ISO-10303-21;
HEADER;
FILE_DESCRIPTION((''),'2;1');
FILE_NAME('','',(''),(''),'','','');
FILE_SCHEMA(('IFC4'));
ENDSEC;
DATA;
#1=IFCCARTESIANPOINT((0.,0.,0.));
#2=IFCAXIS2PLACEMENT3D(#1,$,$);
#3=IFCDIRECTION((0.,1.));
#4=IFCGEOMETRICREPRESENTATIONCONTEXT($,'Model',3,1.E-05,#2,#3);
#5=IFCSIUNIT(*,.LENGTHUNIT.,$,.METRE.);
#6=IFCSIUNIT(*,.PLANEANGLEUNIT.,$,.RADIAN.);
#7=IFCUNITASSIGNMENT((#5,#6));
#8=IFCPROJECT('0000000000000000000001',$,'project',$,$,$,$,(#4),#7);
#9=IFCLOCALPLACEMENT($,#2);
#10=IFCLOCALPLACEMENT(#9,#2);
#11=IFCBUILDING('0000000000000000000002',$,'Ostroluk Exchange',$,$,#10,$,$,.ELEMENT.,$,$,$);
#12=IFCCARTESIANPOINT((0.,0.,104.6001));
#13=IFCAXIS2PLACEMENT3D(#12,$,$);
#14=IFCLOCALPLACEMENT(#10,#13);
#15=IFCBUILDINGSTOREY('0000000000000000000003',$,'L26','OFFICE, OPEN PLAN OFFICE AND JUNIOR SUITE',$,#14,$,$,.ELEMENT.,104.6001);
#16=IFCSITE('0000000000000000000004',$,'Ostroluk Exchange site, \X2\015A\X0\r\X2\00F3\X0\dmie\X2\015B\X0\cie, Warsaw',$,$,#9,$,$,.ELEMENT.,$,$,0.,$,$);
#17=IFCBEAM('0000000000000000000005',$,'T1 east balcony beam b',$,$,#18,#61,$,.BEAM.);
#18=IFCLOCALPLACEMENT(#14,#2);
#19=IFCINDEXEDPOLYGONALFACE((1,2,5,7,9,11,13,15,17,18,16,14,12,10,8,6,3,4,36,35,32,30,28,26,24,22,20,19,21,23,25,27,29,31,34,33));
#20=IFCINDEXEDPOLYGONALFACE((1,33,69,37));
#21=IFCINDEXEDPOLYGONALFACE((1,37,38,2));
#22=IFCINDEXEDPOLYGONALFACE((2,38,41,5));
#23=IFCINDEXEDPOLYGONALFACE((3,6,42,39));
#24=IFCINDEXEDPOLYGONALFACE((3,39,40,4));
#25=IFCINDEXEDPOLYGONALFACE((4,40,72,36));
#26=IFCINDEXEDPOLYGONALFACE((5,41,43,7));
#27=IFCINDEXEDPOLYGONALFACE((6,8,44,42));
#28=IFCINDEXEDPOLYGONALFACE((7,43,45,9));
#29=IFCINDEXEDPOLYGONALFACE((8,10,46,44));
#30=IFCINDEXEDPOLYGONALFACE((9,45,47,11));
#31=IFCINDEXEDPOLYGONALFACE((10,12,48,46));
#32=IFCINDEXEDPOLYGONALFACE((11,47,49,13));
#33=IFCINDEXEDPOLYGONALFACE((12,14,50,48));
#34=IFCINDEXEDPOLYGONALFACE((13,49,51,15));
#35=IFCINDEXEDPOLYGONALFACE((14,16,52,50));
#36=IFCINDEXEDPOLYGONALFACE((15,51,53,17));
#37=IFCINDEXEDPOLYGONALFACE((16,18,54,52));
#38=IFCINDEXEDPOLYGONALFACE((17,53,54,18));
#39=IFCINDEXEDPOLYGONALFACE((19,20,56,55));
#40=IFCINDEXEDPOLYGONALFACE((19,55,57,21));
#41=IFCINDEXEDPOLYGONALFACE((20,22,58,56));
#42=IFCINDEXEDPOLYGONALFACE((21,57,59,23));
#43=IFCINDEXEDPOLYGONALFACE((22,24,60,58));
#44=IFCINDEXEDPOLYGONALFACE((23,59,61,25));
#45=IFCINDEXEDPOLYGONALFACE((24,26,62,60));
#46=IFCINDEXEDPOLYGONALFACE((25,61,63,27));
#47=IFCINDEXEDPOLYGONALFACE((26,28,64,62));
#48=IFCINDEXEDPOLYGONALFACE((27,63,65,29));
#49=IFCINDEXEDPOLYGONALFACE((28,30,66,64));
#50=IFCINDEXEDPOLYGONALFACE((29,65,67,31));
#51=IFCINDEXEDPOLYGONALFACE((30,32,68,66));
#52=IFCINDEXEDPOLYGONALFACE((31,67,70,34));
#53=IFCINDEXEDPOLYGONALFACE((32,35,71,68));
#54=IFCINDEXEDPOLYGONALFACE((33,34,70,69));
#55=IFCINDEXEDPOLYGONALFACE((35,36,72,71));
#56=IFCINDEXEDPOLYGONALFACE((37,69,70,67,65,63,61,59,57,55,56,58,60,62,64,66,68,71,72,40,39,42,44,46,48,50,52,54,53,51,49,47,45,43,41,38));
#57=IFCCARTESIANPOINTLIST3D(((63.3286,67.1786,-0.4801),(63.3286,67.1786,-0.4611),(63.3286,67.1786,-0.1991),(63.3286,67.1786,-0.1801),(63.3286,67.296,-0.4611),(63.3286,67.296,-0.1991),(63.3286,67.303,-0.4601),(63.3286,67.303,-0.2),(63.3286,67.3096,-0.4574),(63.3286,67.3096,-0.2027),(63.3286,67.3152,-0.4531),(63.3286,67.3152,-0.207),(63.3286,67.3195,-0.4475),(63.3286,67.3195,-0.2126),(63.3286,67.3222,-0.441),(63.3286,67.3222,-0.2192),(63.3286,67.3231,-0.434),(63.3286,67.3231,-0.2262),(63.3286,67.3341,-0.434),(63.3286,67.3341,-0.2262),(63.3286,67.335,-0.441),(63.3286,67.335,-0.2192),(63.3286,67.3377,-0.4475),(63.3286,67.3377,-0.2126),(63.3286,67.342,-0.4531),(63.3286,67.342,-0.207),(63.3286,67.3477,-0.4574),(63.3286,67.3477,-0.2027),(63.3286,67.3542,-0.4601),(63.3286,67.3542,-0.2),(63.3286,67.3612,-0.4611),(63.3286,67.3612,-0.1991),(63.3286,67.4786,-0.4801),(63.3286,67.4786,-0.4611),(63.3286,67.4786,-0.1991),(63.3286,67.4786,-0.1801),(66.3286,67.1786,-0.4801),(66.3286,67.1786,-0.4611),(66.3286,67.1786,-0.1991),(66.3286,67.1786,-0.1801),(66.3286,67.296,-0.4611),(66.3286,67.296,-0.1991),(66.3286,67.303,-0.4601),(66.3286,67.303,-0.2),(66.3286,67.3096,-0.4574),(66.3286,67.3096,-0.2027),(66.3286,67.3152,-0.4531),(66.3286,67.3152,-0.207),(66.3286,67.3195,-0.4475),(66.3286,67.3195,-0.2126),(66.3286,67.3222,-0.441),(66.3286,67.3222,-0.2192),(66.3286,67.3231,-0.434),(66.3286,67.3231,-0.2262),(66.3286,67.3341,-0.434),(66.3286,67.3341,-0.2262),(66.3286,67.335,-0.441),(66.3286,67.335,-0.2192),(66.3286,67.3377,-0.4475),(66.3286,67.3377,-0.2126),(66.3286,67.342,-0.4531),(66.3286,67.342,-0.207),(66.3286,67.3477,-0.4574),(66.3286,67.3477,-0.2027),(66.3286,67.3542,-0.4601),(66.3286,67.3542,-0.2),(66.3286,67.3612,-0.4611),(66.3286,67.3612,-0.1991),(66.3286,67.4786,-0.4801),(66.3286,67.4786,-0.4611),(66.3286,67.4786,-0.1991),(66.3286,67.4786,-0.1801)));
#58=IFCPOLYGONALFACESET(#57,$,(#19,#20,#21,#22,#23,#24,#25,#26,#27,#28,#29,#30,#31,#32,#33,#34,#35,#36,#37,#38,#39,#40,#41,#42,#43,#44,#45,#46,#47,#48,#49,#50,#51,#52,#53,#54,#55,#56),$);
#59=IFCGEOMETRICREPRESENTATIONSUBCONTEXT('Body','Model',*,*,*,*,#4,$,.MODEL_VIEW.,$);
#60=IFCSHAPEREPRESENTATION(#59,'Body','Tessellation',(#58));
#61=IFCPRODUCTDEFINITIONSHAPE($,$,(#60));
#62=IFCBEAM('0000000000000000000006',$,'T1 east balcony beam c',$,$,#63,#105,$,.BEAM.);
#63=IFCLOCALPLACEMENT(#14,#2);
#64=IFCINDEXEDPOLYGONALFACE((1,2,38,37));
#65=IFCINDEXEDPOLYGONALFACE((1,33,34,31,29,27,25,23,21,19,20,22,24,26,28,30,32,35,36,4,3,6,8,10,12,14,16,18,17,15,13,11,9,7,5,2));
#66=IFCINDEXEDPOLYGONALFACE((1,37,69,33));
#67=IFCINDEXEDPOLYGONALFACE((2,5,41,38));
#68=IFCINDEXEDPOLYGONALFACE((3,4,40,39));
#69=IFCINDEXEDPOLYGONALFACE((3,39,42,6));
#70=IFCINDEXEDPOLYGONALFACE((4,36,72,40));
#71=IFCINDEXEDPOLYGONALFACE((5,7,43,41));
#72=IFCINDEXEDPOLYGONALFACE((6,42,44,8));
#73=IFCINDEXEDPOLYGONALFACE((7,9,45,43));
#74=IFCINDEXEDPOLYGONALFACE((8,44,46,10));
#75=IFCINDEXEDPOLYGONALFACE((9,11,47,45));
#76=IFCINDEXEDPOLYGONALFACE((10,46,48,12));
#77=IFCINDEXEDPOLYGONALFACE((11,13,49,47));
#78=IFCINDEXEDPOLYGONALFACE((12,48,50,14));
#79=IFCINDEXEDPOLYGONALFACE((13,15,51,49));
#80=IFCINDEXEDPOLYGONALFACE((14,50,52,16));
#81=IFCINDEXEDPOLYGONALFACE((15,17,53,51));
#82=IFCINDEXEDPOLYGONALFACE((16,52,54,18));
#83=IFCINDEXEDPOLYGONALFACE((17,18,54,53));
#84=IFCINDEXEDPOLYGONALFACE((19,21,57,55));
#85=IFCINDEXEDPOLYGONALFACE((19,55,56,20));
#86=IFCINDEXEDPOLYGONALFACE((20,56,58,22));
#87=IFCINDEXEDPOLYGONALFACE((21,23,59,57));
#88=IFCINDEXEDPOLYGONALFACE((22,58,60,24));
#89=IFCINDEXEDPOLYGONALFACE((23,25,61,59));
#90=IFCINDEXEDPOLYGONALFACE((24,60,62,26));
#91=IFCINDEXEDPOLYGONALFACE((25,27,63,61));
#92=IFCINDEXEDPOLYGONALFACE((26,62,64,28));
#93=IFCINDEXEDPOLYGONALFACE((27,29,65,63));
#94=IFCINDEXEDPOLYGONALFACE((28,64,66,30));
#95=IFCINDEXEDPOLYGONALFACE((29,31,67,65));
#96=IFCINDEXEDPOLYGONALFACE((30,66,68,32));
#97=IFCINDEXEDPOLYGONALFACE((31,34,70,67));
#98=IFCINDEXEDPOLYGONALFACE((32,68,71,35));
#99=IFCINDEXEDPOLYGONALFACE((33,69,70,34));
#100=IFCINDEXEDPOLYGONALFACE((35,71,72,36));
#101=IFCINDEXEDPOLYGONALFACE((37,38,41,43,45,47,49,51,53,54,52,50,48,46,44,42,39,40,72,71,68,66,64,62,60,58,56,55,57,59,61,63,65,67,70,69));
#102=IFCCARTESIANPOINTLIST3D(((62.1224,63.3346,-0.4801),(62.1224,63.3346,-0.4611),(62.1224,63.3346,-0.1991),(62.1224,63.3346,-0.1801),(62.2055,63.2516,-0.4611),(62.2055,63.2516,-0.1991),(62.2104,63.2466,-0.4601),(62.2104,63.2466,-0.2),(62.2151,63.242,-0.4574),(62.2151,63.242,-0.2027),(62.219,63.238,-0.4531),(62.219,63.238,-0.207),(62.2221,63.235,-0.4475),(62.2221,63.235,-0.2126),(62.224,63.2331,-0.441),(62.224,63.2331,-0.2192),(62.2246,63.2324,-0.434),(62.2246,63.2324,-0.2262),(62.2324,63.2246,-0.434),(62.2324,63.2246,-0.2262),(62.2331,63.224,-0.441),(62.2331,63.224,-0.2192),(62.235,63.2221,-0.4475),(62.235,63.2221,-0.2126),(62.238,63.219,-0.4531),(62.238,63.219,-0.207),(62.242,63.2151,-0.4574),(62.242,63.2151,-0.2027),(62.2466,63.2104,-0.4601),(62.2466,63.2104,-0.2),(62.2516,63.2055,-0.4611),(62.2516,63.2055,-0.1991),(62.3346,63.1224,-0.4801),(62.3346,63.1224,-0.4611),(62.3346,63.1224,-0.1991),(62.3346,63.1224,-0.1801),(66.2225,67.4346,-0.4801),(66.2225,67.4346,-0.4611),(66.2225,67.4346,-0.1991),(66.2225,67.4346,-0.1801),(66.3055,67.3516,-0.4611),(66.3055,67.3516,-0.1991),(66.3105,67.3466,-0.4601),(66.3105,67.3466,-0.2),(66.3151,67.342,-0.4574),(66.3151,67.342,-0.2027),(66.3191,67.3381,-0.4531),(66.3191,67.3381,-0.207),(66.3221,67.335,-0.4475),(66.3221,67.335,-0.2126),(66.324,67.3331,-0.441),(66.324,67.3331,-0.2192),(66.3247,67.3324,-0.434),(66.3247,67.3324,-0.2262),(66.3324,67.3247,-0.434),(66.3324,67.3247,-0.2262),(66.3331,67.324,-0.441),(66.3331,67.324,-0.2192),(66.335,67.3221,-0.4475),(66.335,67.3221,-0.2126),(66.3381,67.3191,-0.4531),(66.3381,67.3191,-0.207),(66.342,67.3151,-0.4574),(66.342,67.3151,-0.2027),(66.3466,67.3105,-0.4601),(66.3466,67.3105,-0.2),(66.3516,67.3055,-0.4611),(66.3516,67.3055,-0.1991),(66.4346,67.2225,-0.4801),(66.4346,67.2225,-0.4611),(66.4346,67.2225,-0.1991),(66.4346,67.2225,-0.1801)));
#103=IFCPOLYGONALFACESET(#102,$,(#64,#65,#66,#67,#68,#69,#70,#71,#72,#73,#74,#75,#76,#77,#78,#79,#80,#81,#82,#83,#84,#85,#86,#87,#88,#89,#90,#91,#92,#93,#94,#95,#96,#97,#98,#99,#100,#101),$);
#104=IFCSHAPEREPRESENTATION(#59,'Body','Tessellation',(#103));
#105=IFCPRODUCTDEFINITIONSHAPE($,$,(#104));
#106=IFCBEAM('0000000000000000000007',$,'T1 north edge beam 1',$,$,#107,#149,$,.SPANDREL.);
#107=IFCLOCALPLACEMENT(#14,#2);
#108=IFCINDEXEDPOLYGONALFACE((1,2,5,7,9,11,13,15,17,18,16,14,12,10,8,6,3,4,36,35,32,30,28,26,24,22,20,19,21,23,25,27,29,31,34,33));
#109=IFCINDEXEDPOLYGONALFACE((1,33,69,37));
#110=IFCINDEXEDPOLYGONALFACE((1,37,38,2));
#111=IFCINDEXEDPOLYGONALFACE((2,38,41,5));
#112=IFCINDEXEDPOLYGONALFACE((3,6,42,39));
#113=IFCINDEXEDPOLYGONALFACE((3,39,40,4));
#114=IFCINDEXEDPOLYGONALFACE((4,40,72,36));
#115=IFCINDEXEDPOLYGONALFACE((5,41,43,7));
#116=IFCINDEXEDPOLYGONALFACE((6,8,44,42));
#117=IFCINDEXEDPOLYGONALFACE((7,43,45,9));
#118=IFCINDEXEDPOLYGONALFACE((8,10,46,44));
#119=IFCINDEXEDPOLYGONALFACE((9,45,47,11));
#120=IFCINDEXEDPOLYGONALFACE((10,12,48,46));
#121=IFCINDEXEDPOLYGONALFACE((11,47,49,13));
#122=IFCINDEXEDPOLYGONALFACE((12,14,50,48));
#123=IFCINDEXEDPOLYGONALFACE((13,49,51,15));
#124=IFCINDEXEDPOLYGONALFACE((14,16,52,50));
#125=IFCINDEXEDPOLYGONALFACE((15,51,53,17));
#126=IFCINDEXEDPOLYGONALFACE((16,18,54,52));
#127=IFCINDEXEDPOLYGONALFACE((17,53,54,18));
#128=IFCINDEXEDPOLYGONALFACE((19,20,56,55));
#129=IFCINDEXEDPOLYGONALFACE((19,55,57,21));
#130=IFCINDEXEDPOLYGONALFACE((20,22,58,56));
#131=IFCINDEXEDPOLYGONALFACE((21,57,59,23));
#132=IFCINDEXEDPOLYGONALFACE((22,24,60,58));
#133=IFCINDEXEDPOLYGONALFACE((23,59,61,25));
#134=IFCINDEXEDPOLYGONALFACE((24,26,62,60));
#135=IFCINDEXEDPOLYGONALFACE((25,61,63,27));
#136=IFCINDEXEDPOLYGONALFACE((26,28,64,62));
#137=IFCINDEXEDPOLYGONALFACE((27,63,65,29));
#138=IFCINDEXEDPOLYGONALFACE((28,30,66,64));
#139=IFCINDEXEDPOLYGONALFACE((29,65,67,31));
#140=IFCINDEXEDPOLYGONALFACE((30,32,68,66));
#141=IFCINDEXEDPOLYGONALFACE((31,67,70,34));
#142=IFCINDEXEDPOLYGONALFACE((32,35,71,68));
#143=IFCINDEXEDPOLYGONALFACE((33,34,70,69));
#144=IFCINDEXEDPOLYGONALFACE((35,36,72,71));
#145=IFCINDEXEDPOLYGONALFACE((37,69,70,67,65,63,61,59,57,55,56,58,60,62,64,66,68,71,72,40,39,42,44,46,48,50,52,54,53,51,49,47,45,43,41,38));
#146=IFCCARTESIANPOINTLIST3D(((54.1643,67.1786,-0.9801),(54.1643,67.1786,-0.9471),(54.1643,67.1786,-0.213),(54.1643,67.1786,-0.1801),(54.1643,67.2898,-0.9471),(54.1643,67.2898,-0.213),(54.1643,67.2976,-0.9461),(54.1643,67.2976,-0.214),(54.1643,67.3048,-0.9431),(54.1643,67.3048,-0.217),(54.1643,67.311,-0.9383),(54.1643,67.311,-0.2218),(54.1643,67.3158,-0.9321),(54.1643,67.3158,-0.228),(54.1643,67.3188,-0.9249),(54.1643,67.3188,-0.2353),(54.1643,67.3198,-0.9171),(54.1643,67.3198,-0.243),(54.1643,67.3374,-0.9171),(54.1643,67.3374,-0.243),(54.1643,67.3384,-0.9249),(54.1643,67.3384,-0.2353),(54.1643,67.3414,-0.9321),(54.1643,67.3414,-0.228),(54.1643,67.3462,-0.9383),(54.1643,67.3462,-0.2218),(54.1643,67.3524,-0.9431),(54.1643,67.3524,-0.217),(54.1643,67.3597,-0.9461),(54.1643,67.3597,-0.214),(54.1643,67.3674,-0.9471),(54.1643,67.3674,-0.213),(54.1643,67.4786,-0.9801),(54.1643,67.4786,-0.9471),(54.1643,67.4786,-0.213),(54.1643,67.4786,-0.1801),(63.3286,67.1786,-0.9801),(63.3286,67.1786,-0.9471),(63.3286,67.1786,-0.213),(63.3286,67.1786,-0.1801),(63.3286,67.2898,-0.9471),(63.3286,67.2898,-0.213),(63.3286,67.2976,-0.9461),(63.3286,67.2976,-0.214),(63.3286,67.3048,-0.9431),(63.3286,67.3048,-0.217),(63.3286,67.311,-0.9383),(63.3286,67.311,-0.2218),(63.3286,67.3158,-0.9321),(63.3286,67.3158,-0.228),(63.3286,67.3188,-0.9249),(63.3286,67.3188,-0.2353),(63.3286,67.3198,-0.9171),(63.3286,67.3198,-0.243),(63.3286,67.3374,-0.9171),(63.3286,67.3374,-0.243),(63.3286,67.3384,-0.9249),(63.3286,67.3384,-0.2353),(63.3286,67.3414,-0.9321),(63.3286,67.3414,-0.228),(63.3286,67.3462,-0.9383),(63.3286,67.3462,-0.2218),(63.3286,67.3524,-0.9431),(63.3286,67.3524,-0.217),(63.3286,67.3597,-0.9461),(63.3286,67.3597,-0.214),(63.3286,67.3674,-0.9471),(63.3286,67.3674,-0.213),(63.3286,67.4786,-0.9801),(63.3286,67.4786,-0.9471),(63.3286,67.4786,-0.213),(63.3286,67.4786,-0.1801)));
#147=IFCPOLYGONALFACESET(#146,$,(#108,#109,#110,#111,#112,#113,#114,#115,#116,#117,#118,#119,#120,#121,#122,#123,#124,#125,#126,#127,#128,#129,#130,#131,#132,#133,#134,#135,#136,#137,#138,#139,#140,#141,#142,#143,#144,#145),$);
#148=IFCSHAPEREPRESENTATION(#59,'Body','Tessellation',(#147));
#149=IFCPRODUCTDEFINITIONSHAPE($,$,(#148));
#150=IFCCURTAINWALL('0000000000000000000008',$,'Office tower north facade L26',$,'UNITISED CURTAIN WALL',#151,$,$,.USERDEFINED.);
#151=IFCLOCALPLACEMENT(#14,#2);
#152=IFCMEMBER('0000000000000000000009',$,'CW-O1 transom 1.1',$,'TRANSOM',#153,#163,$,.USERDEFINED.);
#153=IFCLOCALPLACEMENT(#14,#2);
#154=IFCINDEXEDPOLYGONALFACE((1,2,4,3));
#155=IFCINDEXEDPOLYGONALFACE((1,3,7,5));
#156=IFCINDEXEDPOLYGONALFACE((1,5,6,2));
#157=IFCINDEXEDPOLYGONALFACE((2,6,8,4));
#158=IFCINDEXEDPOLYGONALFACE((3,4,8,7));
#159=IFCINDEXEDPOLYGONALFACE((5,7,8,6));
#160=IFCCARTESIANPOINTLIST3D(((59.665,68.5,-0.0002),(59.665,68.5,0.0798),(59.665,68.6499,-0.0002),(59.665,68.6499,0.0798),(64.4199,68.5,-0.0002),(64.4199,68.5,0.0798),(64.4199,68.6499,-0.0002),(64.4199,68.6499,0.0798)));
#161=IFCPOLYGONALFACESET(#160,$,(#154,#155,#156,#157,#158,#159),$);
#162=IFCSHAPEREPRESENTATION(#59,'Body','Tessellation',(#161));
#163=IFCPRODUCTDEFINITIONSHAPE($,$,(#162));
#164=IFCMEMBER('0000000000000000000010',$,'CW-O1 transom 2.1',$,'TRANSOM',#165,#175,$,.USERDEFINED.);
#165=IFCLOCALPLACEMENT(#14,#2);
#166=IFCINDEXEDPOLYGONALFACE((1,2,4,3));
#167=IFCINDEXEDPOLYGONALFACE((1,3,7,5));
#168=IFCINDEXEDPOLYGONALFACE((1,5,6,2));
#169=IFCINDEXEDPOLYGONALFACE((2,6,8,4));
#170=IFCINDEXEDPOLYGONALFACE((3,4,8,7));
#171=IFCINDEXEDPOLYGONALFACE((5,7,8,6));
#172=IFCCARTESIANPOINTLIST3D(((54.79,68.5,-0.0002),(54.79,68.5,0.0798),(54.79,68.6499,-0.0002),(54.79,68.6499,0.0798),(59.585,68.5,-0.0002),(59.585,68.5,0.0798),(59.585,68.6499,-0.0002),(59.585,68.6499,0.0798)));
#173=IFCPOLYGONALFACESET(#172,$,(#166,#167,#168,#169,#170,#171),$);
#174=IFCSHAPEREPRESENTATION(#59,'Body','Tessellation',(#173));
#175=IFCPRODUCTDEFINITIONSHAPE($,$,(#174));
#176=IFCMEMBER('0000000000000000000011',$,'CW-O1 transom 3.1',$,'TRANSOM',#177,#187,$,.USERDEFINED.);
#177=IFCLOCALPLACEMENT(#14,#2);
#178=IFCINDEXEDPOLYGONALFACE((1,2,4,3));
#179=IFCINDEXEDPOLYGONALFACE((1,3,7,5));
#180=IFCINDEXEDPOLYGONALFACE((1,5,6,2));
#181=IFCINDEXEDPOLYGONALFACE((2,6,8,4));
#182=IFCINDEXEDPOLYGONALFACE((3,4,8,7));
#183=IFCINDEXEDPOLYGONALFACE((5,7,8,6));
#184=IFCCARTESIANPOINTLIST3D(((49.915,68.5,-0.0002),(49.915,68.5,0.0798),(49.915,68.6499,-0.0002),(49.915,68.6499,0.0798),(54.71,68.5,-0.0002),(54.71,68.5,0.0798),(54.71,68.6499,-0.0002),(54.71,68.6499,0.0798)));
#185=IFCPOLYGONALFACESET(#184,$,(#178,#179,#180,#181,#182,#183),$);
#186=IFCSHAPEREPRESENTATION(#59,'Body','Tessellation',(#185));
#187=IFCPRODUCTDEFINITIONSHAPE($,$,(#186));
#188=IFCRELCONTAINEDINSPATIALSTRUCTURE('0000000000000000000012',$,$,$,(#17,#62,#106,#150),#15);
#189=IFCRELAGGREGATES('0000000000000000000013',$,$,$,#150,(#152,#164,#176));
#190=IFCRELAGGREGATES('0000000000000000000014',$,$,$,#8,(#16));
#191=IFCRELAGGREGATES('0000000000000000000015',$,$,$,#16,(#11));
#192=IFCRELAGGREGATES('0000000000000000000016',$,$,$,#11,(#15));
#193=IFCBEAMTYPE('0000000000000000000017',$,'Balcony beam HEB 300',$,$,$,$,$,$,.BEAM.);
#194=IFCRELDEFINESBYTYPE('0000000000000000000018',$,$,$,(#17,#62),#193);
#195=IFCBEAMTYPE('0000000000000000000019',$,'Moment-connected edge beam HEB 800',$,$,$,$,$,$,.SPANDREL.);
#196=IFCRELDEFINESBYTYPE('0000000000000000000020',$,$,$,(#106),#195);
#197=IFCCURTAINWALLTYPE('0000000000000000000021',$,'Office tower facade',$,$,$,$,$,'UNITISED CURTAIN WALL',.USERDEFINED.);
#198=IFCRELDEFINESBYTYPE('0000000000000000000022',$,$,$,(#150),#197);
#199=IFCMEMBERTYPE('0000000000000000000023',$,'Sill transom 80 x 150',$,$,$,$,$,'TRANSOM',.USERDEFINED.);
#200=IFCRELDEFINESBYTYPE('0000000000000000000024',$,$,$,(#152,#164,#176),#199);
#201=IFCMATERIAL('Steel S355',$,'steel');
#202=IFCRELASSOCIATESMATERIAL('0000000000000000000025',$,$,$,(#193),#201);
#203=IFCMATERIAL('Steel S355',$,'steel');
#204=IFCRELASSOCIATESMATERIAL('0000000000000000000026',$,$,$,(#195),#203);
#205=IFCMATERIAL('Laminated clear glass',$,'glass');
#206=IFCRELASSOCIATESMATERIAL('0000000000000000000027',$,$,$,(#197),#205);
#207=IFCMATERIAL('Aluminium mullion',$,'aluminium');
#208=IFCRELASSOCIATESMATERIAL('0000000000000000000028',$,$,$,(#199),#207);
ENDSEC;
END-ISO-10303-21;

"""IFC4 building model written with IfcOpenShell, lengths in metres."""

from ifc_helpers import new_model, si_unit, direction, frame, origin, origin_2d, place, context, subcontext, project, spatial, rectangle, i_section, extrude, material, material_profile, profile_set, type_object, element, aggregate, save


model = new_model("IFC4")

# Units and contexts
model_context = context("Model", 3, precision=1e-05, world=origin(), true_north=direction((0.0, 1.0)))
body_context = subcontext(model_context, "Body", "Model", "MODEL_VIEW")
ifc_project = project(units=[si_unit("LENGTHUNIT", "METRE"), si_unit("PLANEANGLEUNIT", "RADIAN")], contexts=[model_context])

# Site, building, storey
site_placement = place(None, origin())
site = spatial("IfcSite", under=ifc_project, at=site_placement, Name="Ostroluk Exchange site, Śródmieście, Warsaw", CompositionType="ELEMENT", RefElevation=0.0)
building_placement = place(site_placement, origin())
building = spatial("IfcBuilding", under=site, at=building_placement, Name="Ostroluk Exchange", CompositionType="ELEMENT")
storey_placement = place(building_placement, frame((0.0, 0.0, 104.6001)))
storey = spatial("IfcBuildingStorey", under=building, at=storey_placement, Name="L26", Description="OFFICE, OPEN PLAN OFFICE AND JUNIOR SUITE", CompositionType="ELEMENT", Elevation=104.6001)

# Beams
ifc_material_1 = material(Name="Steel S355", Category="steel")
ifc_material_profile_1 = material_profile(ifc_material_1, i_section(OverallWidth=0.3, OverallDepth=0.3, WebThickness=0.011, FlangeThickness=0.019, FilletRadius=0.0271, at=origin_2d()), Name="HEB 300")
ifc_profile_set_1 = profile_set([ifc_material_profile_1], Name="Steel S355")
beam_type_1 = type_object("IfcBeamType", Name="Balcony beam HEB 300", PredefinedType="BEAM", material=ifc_profile_set_1)
beam_1_placement = place(storey_placement, frame((63.3286, 67.3286, -0.3301), z_axis=(1.0, 0.0, 0.0), x_axis=(0.0, 1.0, 0.0)))
element("IfcBeam", 1, at=beam_1_placement, inside=storey, type_object=beam_type_1, Name="T1 east balcony beam b", PredefinedType="BEAM", context=body_context, shape_type="SweptSolid", body=[
    extrude(i_section(OverallWidth=0.3, OverallDepth=0.3, WebThickness=0.011, FlangeThickness=0.019, FilletRadius=0.0271, at=origin_2d()), origin(), (0.0, 0.0, 1.0), 3.0),
])
beam_2_placement = place(storey_placement, frame((62.2285, 63.2285, -0.3301), z_axis=(0.707107, 0.707107, 0.0), x_axis=(-0.707107, 0.707107, 0.0)))
element("IfcBeam", 2, at=beam_2_placement, inside=storey, type_object=beam_type_1, Name="T1 east balcony beam c", PredefinedType="BEAM", context=body_context, shape_type="SweptSolid", body=[
    extrude(i_section(OverallWidth=0.3, OverallDepth=0.3, WebThickness=0.011, FlangeThickness=0.019, FilletRadius=0.0271, at=origin_2d()), origin(), (0.0, 0.0, 1.0), 5.7983),
])
ifc_material_2 = material(Name="Steel S355", Category="steel")
ifc_material_profile_2 = material_profile(ifc_material_2, i_section(OverallWidth=0.3, OverallDepth=0.8, WebThickness=0.0176, FlangeThickness=0.033, FilletRadius=0.03, at=origin_2d()), Name="HEB 800")
ifc_profile_set_2 = profile_set([ifc_material_profile_2], Name="Steel S355")
beam_type_2 = type_object("IfcBeamType", Name="Moment-connected edge beam HEB 800", PredefinedType="SPANDREL", material=ifc_profile_set_2)
beam_3_placement = place(storey_placement, frame((63.3286, 67.3286, -0.5801), z_axis=(-1.0, 0.0, 0.0), x_axis=(0.0, -1.0, 0.0)))
element("IfcBeam", 3, at=beam_3_placement, inside=storey, type_object=beam_type_2, Name="T1 north edge beam 1", PredefinedType="SPANDREL", context=body_context, shape_type="SweptSolid", body=[
    extrude(i_section(OverallWidth=0.3, OverallDepth=0.8, WebThickness=0.0176, FlangeThickness=0.033, FilletRadius=0.03, at=origin_2d()), origin(), (0.0, 0.0, 1.0), 9.1643),
])

# Curtain wall, members
ifc_material_3 = material(Name="Laminated clear glass", Category="glass")
curtain_wall_type = type_object("IfcCurtainWallType", Name="Office tower facade", ElementType="UNITISED CURTAIN WALL", PredefinedType="USERDEFINED", material=ifc_material_3)
curtain_wall_placement = place(storey_placement, origin())
curtain_wall = element("IfcCurtainWall", 4, at=curtain_wall_placement, inside=storey, type_object=curtain_wall_type, Name="Office tower north facade L26", ObjectType="UNITISED CURTAIN WALL", PredefinedType="USERDEFINED")
ifc_material_4 = material(Name="Aluminium mullion", Category="aluminium")
ifc_material_profile_3 = material_profile(ifc_material_4, rectangle(XDim=0.1499, YDim=0.0801, at=origin_2d()), Name="Sill transom 80 x 150")
ifc_profile_set_3 = profile_set([ifc_material_profile_3], Name="Aluminium mullion")
member_type_1 = type_object("IfcMemberType", Name="Sill transom 80 x 150", ElementType="TRANSOM", PredefinedType="USERDEFINED", material=ifc_profile_set_3)
member_1_placement = place(storey_placement, frame((64.4199, 68.575, 0.0398), z_axis=(-1.0, 0.0, 0.0), x_axis=(0.0, -1.0, 0.0)))
member_1 = element("IfcMember", 5, at=member_1_placement, type_object=member_type_1, Name="CW-O1 transom 1.1", ObjectType="TRANSOM", PredefinedType="USERDEFINED", context=body_context, shape_type="SweptSolid", body=[
    extrude(rectangle(XDim=0.1499, YDim=0.0801, at=origin_2d()), origin(), (0.0, 0.0, 1.0), 4.7549),
])
member_2_placement = place(storey_placement, frame((59.585, 68.575, 0.0398), z_axis=(-1.0, 0.0, 0.0), x_axis=(0.0, -1.0, 0.0)))
member_2 = element("IfcMember", 6, at=member_2_placement, type_object=member_type_1, Name="CW-O1 transom 2.1", ObjectType="TRANSOM", PredefinedType="USERDEFINED", context=body_context, shape_type="SweptSolid", body=[
    extrude(rectangle(XDim=0.1499, YDim=0.0801, at=origin_2d()), origin(), (0.0, 0.0, 1.0), 4.7949),
])
member_3_placement = place(storey_placement, frame((54.71, 68.575, 0.0398), z_axis=(-1.0, 0.0, 0.0), x_axis=(0.0, -1.0, 0.0)))
member_3 = element("IfcMember", 7, at=member_3_placement, type_object=member_type_1, Name="CW-O1 transom 3.1", ObjectType="TRANSOM", PredefinedType="USERDEFINED", context=body_context, shape_type="SweptSolid", body=[
    extrude(rectangle(XDim=0.1499, YDim=0.0801, at=origin_2d()), origin(), (0.0, 0.0, 1.0), 4.7949),
])

aggregate(curtain_wall, [member_1, member_2, member_3])

save(model, "model.ifc")
